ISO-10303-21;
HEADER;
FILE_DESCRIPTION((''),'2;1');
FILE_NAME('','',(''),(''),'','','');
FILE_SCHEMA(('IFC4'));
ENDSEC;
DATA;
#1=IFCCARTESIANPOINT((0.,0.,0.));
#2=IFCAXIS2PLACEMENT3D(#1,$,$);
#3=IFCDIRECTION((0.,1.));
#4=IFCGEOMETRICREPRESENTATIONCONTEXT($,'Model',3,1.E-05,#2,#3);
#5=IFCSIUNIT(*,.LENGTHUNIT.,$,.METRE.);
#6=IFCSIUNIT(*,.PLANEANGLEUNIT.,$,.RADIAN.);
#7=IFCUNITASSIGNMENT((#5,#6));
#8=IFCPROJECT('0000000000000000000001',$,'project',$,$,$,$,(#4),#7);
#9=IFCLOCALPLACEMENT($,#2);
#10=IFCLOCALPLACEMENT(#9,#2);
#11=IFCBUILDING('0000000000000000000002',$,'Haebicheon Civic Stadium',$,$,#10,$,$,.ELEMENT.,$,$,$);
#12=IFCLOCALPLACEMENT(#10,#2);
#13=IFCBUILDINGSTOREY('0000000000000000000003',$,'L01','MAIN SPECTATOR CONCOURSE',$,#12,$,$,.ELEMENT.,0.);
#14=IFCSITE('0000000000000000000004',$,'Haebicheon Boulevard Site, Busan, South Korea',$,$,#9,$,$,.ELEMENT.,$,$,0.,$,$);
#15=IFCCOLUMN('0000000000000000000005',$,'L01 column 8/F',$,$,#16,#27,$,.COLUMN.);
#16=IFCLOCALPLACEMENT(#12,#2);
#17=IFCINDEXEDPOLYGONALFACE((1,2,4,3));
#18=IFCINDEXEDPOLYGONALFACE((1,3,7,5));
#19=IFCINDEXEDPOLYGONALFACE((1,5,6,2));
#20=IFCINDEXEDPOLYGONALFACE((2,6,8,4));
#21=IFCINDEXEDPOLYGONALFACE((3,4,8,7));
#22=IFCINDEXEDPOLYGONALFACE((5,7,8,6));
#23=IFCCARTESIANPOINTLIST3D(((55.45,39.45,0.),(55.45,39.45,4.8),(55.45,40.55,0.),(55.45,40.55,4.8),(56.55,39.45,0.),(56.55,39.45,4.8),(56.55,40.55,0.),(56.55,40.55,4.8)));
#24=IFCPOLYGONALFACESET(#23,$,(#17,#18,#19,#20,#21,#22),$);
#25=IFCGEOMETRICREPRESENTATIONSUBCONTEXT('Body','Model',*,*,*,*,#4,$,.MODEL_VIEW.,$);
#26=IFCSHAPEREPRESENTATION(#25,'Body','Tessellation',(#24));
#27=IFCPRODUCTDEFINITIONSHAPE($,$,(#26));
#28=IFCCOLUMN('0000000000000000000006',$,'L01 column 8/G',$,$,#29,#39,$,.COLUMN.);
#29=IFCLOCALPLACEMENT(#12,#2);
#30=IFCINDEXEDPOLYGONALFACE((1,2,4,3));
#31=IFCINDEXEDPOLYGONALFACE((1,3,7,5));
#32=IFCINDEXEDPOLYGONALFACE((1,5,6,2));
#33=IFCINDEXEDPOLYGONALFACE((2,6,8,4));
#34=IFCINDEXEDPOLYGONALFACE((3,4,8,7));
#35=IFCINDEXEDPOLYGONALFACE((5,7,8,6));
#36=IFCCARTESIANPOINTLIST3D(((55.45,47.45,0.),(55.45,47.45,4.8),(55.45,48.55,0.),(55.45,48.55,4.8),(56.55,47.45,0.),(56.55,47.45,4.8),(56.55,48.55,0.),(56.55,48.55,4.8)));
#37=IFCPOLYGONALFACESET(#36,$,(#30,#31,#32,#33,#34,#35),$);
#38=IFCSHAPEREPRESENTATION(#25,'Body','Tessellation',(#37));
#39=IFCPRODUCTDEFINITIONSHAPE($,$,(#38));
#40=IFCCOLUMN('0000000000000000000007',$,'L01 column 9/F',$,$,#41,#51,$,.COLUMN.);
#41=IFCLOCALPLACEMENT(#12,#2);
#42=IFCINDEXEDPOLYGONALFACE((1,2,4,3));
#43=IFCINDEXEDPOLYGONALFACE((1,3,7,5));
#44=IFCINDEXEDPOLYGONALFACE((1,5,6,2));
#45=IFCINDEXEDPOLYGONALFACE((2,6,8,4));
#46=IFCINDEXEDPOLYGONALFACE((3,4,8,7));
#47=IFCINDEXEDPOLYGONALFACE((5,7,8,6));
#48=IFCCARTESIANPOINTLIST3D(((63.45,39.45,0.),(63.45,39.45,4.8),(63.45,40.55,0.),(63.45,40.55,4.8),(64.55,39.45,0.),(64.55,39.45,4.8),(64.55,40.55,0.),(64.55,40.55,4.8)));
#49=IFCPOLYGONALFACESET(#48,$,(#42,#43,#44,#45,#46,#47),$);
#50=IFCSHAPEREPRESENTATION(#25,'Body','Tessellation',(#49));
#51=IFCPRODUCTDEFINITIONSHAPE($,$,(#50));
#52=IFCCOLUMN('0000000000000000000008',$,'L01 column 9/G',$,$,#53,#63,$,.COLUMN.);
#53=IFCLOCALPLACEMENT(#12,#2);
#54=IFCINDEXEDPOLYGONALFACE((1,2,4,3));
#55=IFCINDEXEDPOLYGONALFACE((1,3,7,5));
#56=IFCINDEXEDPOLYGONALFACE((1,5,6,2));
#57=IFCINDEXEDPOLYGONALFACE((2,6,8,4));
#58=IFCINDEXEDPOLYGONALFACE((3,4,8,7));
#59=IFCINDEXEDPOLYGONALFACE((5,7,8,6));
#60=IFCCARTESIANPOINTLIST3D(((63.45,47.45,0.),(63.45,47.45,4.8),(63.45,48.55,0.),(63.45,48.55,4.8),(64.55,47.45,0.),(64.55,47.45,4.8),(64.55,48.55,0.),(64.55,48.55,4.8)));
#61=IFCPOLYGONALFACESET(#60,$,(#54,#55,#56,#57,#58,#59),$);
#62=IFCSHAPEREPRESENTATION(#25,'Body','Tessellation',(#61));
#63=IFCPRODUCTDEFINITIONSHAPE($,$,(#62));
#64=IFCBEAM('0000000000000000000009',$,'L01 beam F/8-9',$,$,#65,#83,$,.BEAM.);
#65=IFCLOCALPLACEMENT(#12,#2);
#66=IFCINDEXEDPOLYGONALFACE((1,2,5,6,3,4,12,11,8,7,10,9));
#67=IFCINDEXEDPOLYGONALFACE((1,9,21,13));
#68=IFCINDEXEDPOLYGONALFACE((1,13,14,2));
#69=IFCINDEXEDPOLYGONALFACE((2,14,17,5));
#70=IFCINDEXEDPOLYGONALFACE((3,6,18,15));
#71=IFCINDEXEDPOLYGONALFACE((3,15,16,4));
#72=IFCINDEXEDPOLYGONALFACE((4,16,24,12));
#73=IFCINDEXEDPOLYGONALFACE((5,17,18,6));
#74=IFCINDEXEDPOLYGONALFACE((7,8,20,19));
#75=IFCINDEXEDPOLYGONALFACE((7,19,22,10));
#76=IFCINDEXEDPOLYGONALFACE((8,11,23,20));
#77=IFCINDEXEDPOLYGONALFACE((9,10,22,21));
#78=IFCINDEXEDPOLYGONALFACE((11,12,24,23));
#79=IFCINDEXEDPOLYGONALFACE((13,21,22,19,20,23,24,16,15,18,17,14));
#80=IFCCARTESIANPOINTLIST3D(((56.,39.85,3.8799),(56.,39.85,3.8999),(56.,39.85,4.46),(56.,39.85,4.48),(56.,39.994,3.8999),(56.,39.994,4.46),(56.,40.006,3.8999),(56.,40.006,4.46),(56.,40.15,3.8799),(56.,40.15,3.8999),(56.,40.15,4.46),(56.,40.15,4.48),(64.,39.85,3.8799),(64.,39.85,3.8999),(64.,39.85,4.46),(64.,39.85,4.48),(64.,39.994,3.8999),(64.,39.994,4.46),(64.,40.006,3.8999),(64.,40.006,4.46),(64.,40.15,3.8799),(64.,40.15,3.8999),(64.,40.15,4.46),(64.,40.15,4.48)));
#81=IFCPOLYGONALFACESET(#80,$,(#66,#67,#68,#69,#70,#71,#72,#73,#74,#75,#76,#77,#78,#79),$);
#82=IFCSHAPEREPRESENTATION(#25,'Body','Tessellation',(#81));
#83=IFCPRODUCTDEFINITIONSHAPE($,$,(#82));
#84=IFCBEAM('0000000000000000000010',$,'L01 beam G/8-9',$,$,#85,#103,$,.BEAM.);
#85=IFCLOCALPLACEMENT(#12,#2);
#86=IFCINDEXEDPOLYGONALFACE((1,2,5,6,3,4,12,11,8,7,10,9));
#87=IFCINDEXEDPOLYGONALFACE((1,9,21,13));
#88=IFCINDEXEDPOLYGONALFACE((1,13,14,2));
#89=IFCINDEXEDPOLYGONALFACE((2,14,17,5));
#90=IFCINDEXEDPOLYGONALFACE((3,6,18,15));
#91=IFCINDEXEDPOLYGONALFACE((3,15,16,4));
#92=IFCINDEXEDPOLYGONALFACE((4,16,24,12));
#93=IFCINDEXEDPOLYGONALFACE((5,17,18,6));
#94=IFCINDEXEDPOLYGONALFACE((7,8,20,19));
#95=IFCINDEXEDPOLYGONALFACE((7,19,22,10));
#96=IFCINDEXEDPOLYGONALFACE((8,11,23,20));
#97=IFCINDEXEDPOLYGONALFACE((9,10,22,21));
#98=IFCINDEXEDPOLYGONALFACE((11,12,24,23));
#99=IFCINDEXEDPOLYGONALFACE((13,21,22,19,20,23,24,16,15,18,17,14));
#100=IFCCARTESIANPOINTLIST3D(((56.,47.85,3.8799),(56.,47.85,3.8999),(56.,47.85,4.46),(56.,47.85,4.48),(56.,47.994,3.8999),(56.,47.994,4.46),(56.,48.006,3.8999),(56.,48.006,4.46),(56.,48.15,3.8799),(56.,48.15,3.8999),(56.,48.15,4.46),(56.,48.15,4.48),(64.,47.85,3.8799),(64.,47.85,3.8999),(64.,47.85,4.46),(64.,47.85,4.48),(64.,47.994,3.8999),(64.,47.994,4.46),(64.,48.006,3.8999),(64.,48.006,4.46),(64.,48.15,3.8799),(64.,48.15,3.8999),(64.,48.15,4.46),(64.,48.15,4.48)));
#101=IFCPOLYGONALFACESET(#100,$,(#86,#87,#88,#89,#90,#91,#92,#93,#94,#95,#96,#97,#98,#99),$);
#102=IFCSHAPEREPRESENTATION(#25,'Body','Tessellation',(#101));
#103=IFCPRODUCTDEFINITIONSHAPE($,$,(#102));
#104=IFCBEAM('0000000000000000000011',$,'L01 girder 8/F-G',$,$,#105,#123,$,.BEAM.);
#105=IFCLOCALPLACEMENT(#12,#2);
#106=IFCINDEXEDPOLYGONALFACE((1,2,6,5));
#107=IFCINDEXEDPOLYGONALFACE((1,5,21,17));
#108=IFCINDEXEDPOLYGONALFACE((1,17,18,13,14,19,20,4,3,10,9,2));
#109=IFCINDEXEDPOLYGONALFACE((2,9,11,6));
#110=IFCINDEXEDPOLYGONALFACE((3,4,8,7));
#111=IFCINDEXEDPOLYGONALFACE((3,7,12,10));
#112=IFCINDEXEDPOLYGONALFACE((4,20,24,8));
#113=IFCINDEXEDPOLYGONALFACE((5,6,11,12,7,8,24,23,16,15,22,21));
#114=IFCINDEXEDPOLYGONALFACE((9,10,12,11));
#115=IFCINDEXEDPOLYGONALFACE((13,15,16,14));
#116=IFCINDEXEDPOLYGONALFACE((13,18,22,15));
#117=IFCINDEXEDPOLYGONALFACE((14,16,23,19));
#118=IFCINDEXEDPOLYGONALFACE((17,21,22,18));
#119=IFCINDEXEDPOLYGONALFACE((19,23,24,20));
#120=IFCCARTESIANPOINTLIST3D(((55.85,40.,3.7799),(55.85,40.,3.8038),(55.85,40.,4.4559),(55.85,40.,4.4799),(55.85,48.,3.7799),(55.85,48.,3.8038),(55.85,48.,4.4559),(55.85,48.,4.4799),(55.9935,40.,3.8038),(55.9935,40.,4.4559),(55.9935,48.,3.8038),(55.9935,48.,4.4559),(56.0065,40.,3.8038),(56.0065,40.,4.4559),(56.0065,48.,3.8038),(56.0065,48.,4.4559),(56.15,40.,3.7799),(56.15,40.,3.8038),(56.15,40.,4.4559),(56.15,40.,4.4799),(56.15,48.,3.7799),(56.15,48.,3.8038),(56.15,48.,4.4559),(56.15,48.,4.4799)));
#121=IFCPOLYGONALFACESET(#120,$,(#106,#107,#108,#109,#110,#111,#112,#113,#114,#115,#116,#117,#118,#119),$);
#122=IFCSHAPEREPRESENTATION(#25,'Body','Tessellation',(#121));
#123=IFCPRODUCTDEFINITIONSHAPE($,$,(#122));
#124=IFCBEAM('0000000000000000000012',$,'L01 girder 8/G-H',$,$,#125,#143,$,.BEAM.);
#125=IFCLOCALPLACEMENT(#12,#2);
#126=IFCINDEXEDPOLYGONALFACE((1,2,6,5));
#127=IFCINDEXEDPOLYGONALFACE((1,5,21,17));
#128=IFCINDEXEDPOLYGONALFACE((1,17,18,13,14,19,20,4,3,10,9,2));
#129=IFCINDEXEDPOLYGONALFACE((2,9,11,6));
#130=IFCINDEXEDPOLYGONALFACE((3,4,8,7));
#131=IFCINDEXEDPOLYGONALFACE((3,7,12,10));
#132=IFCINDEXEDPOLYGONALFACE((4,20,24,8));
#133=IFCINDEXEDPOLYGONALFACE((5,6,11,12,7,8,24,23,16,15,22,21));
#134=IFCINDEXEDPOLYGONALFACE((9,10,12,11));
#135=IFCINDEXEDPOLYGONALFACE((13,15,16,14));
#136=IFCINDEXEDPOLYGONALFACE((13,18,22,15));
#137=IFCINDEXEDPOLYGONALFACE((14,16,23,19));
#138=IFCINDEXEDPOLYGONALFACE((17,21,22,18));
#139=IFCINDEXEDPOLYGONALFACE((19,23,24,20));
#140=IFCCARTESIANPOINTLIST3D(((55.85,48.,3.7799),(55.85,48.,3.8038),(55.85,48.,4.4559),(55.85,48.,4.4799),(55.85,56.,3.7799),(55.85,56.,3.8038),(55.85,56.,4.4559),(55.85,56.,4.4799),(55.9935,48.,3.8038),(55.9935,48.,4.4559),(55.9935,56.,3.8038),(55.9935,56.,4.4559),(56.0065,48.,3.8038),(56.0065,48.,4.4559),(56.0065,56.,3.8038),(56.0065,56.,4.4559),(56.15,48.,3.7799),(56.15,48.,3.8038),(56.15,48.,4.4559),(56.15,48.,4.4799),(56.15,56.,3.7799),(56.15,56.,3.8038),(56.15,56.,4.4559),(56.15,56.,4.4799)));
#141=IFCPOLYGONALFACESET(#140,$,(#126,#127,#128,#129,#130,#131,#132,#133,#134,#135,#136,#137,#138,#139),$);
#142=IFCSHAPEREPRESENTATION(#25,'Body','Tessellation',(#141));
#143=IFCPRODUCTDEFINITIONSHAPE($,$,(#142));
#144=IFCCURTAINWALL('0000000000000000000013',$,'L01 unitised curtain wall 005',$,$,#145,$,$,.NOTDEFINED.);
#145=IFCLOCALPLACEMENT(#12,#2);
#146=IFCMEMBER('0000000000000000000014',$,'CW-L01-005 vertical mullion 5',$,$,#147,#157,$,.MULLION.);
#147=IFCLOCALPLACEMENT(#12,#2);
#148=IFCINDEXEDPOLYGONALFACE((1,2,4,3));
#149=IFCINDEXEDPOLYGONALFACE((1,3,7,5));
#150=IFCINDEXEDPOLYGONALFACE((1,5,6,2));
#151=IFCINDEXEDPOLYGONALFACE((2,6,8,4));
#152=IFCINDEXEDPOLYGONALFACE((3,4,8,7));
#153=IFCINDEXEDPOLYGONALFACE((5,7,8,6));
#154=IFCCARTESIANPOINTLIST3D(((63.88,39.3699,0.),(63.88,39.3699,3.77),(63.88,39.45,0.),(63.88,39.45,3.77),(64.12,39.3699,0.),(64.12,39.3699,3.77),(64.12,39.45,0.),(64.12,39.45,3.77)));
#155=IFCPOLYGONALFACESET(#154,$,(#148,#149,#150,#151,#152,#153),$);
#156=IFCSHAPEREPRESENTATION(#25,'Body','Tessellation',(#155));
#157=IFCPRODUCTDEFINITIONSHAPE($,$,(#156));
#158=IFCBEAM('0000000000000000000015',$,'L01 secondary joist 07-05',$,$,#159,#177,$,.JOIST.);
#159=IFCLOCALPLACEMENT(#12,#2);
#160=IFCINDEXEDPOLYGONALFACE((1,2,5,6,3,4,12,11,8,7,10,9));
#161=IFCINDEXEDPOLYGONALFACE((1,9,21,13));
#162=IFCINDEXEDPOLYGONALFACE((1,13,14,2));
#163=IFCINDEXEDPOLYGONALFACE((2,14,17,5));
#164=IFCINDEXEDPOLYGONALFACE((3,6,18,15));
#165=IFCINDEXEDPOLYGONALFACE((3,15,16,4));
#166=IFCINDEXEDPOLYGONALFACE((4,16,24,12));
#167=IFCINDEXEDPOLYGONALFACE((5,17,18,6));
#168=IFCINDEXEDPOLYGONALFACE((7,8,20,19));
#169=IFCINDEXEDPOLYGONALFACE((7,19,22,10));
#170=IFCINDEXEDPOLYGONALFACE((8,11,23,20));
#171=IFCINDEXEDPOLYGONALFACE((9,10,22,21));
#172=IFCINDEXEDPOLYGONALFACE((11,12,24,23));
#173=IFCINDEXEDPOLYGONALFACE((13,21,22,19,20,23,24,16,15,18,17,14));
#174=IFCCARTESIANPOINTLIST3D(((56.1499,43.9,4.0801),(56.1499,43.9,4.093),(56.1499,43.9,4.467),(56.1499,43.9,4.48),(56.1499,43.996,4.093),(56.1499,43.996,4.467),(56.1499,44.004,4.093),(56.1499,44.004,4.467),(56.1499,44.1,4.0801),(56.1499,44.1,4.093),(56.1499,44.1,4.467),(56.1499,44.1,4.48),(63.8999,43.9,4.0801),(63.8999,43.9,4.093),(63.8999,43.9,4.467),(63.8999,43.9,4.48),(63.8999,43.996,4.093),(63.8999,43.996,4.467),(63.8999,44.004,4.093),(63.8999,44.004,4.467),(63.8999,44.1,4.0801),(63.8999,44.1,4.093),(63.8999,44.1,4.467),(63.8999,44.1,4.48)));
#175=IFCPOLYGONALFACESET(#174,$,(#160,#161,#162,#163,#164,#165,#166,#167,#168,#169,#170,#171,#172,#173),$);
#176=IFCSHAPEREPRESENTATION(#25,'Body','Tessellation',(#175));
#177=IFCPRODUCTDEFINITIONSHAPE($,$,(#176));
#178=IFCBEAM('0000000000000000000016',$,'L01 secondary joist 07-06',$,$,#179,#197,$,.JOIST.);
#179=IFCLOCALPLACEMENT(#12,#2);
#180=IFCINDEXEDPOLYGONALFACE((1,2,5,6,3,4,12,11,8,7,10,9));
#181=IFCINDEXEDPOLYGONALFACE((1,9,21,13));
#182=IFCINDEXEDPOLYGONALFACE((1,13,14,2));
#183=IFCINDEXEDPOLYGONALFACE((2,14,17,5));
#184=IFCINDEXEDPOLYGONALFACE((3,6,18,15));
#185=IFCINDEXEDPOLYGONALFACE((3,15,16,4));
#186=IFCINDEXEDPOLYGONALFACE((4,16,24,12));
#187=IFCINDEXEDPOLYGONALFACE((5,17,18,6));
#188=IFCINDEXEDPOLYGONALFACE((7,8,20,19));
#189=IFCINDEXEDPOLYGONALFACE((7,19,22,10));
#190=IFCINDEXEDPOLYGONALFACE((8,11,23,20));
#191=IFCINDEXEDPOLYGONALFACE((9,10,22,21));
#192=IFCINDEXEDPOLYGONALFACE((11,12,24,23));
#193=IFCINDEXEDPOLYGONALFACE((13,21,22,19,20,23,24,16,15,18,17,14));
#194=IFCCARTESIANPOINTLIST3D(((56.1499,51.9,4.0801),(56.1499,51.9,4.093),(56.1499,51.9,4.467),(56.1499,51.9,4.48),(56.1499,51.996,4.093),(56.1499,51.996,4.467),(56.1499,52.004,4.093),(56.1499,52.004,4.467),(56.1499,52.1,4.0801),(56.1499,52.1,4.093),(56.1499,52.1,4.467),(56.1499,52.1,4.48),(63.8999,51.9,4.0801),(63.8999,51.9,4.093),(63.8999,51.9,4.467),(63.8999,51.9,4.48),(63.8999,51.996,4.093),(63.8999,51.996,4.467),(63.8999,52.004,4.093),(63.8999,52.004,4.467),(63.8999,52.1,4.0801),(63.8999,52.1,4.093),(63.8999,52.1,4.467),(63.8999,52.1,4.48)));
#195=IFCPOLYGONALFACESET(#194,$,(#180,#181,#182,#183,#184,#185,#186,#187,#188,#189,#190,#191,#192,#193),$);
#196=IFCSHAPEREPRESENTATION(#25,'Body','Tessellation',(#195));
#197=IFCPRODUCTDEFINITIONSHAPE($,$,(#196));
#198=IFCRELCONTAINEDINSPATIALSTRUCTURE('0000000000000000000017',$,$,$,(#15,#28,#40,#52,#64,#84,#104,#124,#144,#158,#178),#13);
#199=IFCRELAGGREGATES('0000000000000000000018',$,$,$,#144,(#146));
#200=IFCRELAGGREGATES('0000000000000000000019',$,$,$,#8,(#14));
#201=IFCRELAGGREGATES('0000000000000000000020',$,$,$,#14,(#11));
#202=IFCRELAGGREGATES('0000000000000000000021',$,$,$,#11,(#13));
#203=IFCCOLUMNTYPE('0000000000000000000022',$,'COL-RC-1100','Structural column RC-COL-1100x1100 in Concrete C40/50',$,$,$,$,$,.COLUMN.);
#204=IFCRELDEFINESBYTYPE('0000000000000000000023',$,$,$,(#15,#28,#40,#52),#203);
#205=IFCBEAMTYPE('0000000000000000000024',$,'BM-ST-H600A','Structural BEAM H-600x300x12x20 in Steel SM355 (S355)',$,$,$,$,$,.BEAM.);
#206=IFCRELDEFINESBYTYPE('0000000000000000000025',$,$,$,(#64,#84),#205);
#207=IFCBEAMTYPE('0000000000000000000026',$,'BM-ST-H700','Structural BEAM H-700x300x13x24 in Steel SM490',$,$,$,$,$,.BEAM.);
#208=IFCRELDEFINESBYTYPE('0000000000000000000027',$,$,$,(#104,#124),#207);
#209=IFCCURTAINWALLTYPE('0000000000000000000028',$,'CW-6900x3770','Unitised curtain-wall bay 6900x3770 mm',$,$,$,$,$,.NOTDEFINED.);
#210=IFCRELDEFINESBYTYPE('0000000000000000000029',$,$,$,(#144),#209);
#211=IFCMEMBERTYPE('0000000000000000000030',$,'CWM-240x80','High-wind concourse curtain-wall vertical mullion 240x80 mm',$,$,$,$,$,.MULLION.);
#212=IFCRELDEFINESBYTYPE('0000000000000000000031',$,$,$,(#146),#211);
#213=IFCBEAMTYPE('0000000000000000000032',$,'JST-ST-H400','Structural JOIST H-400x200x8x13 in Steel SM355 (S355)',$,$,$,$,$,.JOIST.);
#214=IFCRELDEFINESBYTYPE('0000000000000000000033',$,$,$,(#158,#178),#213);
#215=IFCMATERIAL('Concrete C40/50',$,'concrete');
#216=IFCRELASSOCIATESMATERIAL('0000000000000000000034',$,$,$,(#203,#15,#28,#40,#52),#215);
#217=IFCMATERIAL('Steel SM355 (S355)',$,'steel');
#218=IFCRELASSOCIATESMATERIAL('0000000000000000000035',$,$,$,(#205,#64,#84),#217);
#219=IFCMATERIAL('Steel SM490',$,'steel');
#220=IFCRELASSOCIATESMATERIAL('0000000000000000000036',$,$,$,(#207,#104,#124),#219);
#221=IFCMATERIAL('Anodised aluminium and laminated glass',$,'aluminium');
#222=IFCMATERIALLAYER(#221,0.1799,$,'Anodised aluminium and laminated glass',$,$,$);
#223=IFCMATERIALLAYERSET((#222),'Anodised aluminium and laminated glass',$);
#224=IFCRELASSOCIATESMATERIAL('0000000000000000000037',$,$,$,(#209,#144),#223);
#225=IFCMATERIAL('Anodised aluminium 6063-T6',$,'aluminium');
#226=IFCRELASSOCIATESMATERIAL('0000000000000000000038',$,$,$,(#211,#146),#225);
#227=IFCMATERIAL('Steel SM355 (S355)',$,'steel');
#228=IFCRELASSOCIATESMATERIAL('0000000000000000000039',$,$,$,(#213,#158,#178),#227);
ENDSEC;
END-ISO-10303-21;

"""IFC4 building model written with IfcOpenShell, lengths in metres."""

from ifc_helpers import new_model, si_unit, direction, frame, origin, origin_2d, place, context, subcontext, project, spatial, rectangle, i_section, extrude, material, layer, layer_set, material_profile, profile_set, type_object, element, aggregate, save


model = new_model("IFC4")

# Units and contexts
model_context = context("Model", 3, precision=1e-05, world=origin(), true_north=direction((0.0, 1.0)))
body_context = subcontext(model_context, "Body", "Model", "MODEL_VIEW")
ifc_project = project(units=[si_unit("LENGTHUNIT", "METRE"), si_unit("PLANEANGLEUNIT", "RADIAN")], contexts=[model_context])

# Site, building, storey
site_placement = place(None, origin())
site = spatial("IfcSite", under=ifc_project, at=site_placement, Name="Haebicheon Boulevard Site, Busan, South Korea", CompositionType="ELEMENT", RefElevation=0.0)
building_placement = place(site_placement, origin())
building = spatial("IfcBuilding", under=site, at=building_placement, Name="Haebicheon Civic Stadium", CompositionType="ELEMENT")
storey_placement = place(building_placement, origin())
storey = spatial("IfcBuildingStorey", under=building, at=storey_placement, Name="L01", Description="MAIN SPECTATOR CONCOURSE", CompositionType="ELEMENT", Elevation=0.0)

# Columns
ifc_material_1 = material(Name="Concrete C40/50", Category="concrete")
ifc_material_profile_1 = material_profile(ifc_material_1, rectangle(XDim=1.1001, YDim=1.1001, at=origin_2d()), Name="RC-COL-1100x1100")
ifc_profile_set_1 = profile_set([ifc_material_profile_1], Name="Concrete C40/50")
column_type = type_object("IfcColumnType", Name="COL-RC-1100", Description="Structural column RC-COL-1100x1100 in Concrete C40/50", PredefinedType="COLUMN", material=ifc_profile_set_1)
for number, where, z_axis, x_axis, name in (
    (1, (56.0, 40.0, 0.0), (0.0, 0.0, 1.0), (1.0, 0.0, 0.0), "L01 column 8/F"),
    (2, (56.0, 48.0, 0.0), (0.0, 0.0, 1.0), (1.0, 0.0, 0.0), "L01 column 8/G"),
    (3, (64.0, 40.0, 0.0), (0.0, 0.0, 1.0), (1.0, 0.0, 0.0), "L01 column 9/F"),
    (4, (64.0, 48.0, 0.0), (0.0, 0.0, 1.0), (1.0, 0.0, 0.0), "L01 column 9/G"),
):
    element("IfcColumn", number, at=place(storey_placement, frame(where, z_axis=z_axis, x_axis=x_axis)), inside=storey, type_object=column_type, material=ifc_profile_set_1, Name=name, PredefinedType="COLUMN", context=body_context, shape_type="SweptSolid", body=[
        extrude(rectangle(XDim=1.1001, YDim=1.1001, at=origin_2d()), origin(), (0.0, 0.0, 1.0), 4.8),
    ])

# Beams
ifc_material_2 = material(Name="Steel SM355 (S355)", Category="steel")
ifc_material_profile_2 = material_profile(ifc_material_2, i_section(OverallWidth=0.3, OverallDepth=0.6001, WebThickness=0.012, FlangeThickness=0.02, at=origin_2d()), Name="H-600x300x12x20")
ifc_profile_set_2 = profile_set([ifc_material_profile_2], Name="Steel SM355 (S355)")
beam_type_1 = type_object("IfcBeamType", Name="BM-ST-H600A", Description="Structural BEAM H-600x300x12x20 in Steel SM355 (S355)", PredefinedType="BEAM", material=ifc_profile_set_2)
for number, where, z_axis, x_axis, name in (
    (5, (56.0, 40.0, 4.1799), (1.0, 0.0, 0.0), (0.0, 1.0, 0.0), "L01 beam F/8-9"),
    (6, (56.0, 48.0, 4.1799), (1.0, 0.0, 0.0), (0.0, 1.0, 0.0), "L01 beam G/8-9"),
):
    element("IfcBeam", number, at=place(storey_placement, frame(where, z_axis=z_axis, x_axis=x_axis)), inside=storey, type_object=beam_type_1, material=ifc_profile_set_2, Name=name, PredefinedType="BEAM", context=body_context, shape_type="SweptSolid", body=[
        extrude(i_section(OverallWidth=0.3, OverallDepth=0.6001, WebThickness=0.012, FlangeThickness=0.02, at=origin_2d()), origin(), (0.0, 0.0, 1.0), 8.0),
    ])
ifc_material_3 = material(Name="Steel SM490", Category="steel")
ifc_material_profile_3 = material_profile(ifc_material_3, i_section(OverallWidth=0.3, OverallDepth=0.7, WebThickness=0.0129, FlangeThickness=0.0239, at=origin_2d()), Name="H-700x300x13x24")
ifc_profile_set_3 = profile_set([ifc_material_profile_3], Name="Steel SM490")
beam_type_2 = type_object("IfcBeamType", Name="BM-ST-H700", Description="Structural BEAM H-700x300x13x24 in Steel SM490", PredefinedType="BEAM", material=ifc_profile_set_3)
for number, where, z_axis, x_axis, name in (
    (7, (56.0, 40.0, 4.1299), (0.0, 1.0, 0.0), (-1.0, 0.0, 0.0), "L01 girder 8/F-G"),
    (8, (56.0, 48.0, 4.1299), (0.0, 1.0, 0.0), (-1.0, 0.0, 0.0), "L01 girder 8/G-H"),
):
    element("IfcBeam", number, at=place(storey_placement, frame(where, z_axis=z_axis, x_axis=x_axis)), inside=storey, type_object=beam_type_2, material=ifc_profile_set_3, Name=name, PredefinedType="BEAM", context=body_context, shape_type="SweptSolid", body=[
        extrude(i_section(OverallWidth=0.3, OverallDepth=0.7, WebThickness=0.0129, FlangeThickness=0.0239, at=origin_2d()), origin(), (0.0, 0.0, 1.0), 8.0),
    ])

# Curtain wall, member
ifc_material_4 = material(Name="Anodised aluminium and laminated glass", Category="aluminium")
ifc_layer_1 = layer(ifc_material_4, 0.1799, Name="Anodised aluminium and laminated glass")
ifc_layer_set_1 = layer_set([ifc_layer_1], Name="Anodised aluminium and laminated glass")
curtain_wall_type = type_object("IfcCurtainWallType", Name="CW-6900x3770", Description="Unitised curtain-wall bay 6900x3770 mm", PredefinedType="NOTDEFINED", material=ifc_layer_set_1)
curtain_wall_placement = place(storey_placement, origin())
curtain_wall = element("IfcCurtainWall", 9, at=curtain_wall_placement, inside=storey, type_object=curtain_wall_type, material=ifc_layer_set_1, Name="L01 unitised curtain wall 005", PredefinedType="NOTDEFINED")
ifc_material_5 = material(Name="Anodised aluminium 6063-T6", Category="aluminium")
ifc_material_profile_4 = material_profile(ifc_material_5, rectangle(XDim=0.0801, YDim=0.24, at=origin_2d()), Name="ALU-MULL-80x240")
ifc_profile_set_4 = profile_set([ifc_material_profile_4], Name="Anodised aluminium 6063-T6")
member_type = type_object("IfcMemberType", Name="CWM-240x80", Description="High-wind concourse curtain-wall vertical mullion 240x80 mm", PredefinedType="MULLION", material=ifc_profile_set_4)
member_placement = place(storey_placement, frame((64.0, 39.4099, 0.0), z_axis=(0.0, 0.0, 1.0), x_axis=(0.0, 1.0, 0.0)))
member = element("IfcMember", 10, at=member_placement, type_object=member_type, material=ifc_profile_set_4, Name="CW-L01-005 vertical mullion 5", PredefinedType="MULLION", context=body_context, shape_type="SweptSolid", body=[
    extrude(rectangle(XDim=0.0801, YDim=0.24, at=origin_2d()), origin(), (0.0, 0.0, 1.0), 3.77),
])
aggregate(curtain_wall, [member])

# Beams
ifc_material_6 = material(Name="Steel SM355 (S355)", Category="steel")
ifc_material_profile_5 = material_profile(ifc_material_6, i_section(OverallWidth=0.2, OverallDepth=0.3999, WebThickness=0.0081, FlangeThickness=0.0129, at=origin_2d()), Name="H-400x200x8x13")
ifc_profile_set_5 = profile_set([ifc_material_profile_5], Name="Steel SM355 (S355)")
beam_type_3 = type_object("IfcBeamType", Name="JST-ST-H400", Description="Structural JOIST H-400x200x8x13 in Steel SM355 (S355)", PredefinedType="JOIST", material=ifc_profile_set_5)
for number, where, z_axis, x_axis, name in (
    (11, (56.1499, 44.0, 4.28), (1.0, 0.0, 0.0), (0.0, 1.0, 0.0), "L01 secondary joist 07-05"),
    (12, (56.1499, 52.0, 4.28), (1.0, 0.0, 0.0), (0.0, 1.0, 0.0), "L01 secondary joist 07-06"),
):
    element("IfcBeam", number, at=place(storey_placement, frame(where, z_axis=z_axis, x_axis=x_axis)), inside=storey, type_object=beam_type_3, material=ifc_profile_set_5, Name=name, PredefinedType="JOIST", context=body_context, shape_type="SweptSolid", body=[
        extrude(i_section(OverallWidth=0.2, OverallDepth=0.3999, WebThickness=0.0081, FlangeThickness=0.0129, at=origin_2d()), origin(), (0.0, 0.0, 1.0), 7.75),
    ])

save(model, "model.ifc")
